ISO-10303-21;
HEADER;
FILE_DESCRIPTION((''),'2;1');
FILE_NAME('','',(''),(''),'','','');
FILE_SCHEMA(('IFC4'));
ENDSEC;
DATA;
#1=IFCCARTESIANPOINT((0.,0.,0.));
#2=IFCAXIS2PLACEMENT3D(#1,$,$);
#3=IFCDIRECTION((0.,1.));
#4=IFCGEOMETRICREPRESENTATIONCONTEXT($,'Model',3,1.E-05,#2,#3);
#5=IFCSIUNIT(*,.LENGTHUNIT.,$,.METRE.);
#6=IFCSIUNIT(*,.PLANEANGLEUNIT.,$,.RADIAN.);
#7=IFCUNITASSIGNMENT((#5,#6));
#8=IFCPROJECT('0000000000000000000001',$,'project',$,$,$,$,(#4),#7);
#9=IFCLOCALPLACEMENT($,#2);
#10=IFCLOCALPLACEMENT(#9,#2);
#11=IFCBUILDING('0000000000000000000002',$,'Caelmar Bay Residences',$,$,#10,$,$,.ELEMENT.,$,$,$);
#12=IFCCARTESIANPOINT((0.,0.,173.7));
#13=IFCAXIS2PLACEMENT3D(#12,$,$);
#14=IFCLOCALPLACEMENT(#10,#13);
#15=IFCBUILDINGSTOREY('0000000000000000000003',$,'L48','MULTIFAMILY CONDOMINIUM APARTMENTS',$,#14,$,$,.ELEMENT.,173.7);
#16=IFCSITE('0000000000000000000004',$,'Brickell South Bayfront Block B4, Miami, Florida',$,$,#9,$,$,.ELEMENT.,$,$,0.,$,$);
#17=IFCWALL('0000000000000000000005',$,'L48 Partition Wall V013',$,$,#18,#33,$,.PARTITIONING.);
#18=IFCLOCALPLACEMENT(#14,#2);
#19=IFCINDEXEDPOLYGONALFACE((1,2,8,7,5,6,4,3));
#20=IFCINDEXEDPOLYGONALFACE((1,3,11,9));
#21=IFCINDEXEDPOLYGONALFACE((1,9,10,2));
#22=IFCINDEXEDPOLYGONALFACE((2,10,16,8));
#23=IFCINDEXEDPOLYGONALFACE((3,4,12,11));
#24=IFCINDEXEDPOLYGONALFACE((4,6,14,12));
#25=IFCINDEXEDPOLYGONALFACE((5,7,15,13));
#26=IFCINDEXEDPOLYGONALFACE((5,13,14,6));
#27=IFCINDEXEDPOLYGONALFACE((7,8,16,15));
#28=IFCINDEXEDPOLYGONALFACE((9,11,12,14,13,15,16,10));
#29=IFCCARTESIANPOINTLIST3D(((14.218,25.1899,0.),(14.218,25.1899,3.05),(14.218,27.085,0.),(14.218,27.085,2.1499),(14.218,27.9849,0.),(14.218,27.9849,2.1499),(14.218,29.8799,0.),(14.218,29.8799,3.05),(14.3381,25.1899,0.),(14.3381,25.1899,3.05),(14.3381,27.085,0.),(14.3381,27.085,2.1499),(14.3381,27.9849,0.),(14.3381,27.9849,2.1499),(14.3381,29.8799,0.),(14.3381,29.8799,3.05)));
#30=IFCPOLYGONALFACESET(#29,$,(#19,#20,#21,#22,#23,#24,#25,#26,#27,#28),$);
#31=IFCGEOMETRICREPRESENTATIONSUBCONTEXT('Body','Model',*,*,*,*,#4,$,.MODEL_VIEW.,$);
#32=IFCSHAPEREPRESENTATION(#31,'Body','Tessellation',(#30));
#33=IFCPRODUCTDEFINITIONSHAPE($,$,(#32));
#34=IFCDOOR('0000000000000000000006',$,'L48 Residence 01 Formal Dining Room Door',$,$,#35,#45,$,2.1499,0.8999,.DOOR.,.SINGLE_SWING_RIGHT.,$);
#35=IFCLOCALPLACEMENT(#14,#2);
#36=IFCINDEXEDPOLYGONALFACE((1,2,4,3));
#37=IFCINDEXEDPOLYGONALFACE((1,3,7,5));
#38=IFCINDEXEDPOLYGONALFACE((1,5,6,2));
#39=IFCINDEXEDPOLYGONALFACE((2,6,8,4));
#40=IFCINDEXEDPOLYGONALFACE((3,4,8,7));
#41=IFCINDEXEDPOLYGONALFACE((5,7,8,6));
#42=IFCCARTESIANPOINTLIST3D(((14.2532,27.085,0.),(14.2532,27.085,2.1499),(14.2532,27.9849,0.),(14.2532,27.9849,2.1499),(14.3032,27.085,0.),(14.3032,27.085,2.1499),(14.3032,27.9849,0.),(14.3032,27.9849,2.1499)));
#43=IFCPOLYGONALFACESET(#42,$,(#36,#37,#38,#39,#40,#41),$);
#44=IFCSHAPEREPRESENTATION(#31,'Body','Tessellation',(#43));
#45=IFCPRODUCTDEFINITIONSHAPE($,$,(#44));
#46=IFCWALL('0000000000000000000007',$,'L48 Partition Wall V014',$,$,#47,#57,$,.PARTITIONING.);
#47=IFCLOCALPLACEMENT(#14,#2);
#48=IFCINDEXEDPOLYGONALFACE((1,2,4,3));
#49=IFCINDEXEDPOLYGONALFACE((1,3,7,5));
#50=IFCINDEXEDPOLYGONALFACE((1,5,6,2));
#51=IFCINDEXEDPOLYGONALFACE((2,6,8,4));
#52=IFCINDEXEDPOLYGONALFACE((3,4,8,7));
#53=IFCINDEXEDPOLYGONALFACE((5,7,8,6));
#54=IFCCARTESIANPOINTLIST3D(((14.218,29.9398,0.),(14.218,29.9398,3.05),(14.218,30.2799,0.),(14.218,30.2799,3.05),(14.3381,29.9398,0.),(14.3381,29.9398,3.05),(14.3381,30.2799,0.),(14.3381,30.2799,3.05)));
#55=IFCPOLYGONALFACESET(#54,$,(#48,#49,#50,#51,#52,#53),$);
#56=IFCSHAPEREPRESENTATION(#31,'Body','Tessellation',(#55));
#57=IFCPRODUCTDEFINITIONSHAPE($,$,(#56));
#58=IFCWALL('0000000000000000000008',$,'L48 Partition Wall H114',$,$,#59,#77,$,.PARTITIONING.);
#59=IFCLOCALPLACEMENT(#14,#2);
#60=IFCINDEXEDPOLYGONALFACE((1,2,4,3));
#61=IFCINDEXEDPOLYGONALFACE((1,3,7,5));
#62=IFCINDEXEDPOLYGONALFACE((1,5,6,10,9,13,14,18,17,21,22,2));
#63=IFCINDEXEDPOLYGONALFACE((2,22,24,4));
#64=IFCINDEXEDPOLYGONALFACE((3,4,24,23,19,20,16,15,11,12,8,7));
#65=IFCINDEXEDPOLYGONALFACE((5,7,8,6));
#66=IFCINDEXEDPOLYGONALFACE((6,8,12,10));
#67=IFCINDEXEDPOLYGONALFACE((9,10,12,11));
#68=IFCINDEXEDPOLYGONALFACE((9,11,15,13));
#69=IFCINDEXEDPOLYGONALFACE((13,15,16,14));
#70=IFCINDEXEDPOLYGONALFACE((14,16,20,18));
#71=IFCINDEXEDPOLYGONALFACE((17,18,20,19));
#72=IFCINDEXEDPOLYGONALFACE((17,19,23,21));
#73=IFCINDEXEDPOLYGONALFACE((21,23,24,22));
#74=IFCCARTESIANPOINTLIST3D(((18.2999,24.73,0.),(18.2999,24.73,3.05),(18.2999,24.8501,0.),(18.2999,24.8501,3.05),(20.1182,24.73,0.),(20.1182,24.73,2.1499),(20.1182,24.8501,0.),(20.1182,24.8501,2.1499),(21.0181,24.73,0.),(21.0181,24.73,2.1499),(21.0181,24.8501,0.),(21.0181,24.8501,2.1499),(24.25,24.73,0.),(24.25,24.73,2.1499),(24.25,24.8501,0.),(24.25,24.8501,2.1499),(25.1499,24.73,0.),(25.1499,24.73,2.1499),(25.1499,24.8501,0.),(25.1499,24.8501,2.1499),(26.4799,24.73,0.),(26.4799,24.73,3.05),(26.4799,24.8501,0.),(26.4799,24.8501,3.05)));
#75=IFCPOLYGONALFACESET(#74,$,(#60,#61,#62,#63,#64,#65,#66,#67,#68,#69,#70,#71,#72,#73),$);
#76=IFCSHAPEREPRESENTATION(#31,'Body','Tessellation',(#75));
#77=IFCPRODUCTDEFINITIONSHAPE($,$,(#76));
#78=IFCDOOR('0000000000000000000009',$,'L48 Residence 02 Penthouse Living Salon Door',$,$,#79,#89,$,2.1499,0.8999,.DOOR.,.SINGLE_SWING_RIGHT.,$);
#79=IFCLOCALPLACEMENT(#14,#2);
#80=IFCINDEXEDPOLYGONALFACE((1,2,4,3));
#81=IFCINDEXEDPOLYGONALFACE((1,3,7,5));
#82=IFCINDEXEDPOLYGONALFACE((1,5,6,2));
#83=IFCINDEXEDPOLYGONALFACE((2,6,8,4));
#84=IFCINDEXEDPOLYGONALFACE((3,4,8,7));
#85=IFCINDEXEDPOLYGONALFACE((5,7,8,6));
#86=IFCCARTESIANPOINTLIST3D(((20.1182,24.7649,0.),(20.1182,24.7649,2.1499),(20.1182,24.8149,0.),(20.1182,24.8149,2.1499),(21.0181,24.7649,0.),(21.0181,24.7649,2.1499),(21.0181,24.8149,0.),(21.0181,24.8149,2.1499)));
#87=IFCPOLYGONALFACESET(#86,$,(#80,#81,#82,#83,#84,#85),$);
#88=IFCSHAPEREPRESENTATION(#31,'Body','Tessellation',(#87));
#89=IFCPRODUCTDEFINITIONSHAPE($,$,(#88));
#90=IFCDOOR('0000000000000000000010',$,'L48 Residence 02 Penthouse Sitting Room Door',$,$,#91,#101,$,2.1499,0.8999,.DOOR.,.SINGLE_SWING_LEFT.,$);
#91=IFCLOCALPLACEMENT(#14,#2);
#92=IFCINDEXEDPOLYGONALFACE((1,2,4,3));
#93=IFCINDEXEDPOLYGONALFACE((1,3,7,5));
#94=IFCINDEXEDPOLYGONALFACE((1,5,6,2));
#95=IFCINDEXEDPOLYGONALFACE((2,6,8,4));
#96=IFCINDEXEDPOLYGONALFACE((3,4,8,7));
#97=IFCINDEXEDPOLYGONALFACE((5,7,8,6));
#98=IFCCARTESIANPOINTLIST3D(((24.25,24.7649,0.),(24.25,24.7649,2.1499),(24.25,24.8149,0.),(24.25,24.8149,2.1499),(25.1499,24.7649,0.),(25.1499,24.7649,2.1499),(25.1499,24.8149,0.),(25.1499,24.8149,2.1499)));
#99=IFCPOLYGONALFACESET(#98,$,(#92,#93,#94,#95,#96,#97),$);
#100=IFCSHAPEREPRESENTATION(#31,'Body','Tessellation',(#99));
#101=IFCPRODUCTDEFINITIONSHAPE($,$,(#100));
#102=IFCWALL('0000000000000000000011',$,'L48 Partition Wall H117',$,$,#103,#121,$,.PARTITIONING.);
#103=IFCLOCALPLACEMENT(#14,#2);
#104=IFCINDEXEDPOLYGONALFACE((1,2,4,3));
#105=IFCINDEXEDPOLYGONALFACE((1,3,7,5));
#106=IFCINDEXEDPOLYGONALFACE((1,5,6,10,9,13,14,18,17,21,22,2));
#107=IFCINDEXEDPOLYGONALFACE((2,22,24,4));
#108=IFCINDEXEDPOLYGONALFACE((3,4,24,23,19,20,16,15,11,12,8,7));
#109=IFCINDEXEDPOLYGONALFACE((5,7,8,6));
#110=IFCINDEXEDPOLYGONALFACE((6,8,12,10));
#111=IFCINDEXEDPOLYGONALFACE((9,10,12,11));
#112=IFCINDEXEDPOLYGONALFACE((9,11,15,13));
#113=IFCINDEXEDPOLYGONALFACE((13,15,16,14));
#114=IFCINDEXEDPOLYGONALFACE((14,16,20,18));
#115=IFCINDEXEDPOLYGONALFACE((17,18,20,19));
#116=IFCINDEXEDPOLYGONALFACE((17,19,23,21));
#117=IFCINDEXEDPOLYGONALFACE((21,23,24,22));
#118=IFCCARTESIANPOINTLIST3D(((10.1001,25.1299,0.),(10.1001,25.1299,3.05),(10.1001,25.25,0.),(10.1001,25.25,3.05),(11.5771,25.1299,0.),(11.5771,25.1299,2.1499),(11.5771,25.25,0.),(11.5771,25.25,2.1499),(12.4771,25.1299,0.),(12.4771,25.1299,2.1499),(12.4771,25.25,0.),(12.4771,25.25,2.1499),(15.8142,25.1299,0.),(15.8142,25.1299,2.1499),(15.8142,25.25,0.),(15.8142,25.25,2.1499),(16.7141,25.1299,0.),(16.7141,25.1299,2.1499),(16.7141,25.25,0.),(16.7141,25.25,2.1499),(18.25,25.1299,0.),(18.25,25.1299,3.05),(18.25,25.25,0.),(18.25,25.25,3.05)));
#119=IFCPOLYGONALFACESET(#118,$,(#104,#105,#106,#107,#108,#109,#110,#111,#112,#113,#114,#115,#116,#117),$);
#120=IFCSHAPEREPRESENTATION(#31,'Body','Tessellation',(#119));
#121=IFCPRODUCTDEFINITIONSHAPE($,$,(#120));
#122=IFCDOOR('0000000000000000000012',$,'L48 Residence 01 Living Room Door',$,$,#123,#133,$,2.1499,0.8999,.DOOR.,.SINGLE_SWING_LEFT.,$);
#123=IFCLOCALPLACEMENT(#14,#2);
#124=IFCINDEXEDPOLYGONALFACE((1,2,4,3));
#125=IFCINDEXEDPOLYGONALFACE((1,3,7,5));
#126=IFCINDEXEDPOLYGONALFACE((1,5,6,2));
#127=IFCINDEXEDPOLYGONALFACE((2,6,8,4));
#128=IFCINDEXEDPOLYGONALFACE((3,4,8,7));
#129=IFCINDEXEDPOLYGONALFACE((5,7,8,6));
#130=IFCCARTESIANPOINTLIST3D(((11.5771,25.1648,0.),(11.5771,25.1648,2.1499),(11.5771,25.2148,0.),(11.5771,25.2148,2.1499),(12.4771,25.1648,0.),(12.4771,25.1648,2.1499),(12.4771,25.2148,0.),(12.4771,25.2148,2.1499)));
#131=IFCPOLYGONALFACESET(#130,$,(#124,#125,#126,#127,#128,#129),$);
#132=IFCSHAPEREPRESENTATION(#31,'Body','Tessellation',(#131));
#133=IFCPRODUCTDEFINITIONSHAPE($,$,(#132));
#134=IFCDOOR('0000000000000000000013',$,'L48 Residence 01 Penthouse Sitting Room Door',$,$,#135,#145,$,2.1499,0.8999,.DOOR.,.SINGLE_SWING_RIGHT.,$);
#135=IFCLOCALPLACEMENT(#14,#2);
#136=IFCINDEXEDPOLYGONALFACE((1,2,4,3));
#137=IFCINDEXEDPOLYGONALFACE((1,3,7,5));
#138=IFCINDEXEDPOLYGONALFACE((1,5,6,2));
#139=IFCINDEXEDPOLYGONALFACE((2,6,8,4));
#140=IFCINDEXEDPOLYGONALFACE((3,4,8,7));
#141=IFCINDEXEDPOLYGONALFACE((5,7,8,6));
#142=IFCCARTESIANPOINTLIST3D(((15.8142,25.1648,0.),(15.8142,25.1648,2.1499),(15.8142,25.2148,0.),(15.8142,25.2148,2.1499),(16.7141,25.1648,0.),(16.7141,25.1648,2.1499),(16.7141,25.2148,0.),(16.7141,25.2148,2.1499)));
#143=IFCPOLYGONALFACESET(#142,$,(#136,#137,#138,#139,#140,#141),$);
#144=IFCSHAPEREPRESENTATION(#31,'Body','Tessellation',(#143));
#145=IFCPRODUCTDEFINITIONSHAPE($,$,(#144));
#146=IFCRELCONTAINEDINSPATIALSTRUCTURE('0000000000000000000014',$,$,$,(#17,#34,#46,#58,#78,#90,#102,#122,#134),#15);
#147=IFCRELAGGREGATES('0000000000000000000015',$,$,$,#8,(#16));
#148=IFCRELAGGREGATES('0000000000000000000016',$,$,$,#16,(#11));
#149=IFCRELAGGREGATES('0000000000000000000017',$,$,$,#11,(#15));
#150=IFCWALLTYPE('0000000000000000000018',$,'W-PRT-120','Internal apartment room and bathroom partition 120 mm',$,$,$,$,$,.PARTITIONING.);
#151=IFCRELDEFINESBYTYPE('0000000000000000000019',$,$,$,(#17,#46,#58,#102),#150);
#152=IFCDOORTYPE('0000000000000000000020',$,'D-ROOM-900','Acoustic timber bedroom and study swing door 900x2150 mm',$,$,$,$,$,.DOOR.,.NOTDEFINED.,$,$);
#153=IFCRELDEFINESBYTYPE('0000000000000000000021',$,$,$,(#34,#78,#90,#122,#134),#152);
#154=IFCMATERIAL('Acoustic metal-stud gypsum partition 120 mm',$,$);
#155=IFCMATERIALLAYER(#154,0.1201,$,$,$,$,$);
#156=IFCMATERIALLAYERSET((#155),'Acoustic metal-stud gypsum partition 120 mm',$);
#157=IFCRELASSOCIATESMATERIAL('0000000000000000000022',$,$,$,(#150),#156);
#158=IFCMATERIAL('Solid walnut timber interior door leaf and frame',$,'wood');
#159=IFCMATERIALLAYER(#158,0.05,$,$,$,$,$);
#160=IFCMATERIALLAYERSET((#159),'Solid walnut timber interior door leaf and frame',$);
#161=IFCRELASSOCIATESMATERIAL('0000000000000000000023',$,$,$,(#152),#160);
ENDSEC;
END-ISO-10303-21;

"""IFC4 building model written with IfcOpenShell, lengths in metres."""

from ifc_helpers import new_model, si_unit, direction, frame, frame_2d, origin, place, context, subcontext, project, spatial, rectangle, extrude, material, layer, layer_set, type_object, element, fill, save


model = new_model("IFC4")

# Units and contexts
model_context = context("Model", 3, precision=1e-05, world=origin(), true_north=direction((0.0, 1.0)))
body_context = subcontext(model_context, "Body", "Model", "MODEL_VIEW")
ifc_project = project(units=[si_unit("LENGTHUNIT", "METRE"), si_unit("PLANEANGLEUNIT", "RADIAN")], contexts=[model_context])

# Site, building, storey
site_placement = place(None, origin())
site = spatial("IfcSite", under=ifc_project, at=site_placement, Name="Brickell South Bayfront Block B4, Miami, Florida", CompositionType="ELEMENT", RefElevation=0.0)
building_placement = place(site_placement, origin())
building = spatial("IfcBuilding", under=site, at=building_placement, Name="Caelmar Bay Residences", CompositionType="ELEMENT")
storey_placement = place(building_placement, frame((0.0, 0.0, 173.7)))
storey = spatial("IfcBuildingStorey", under=building, at=storey_placement, Name="L48", Description="MULTIFAMILY CONDOMINIUM APARTMENTS", CompositionType="ELEMENT", Elevation=173.7)

# Shared definitions
ifc_material_1 = material(Name="Acoustic metal-stud gypsum partition 120 mm")
ifc_layer_1 = layer(ifc_material_1, 0.1201)
ifc_layer_set_1 = layer_set([ifc_layer_1], Name="Acoustic metal-stud gypsum partition 120 mm")
wall_type_1 = type_object("IfcWallType", Name="W-PRT-120", Description="Internal apartment room and bathroom partition 120 mm", PredefinedType="PARTITIONING", material=ifc_layer_set_1)
ifc_material_2 = material(Name="Solid walnut timber interior door leaf and frame", Category="wood")
ifc_layer_2 = layer(ifc_material_2, 0.05)
ifc_layer_set_2 = layer_set([ifc_layer_2], Name="Solid walnut timber interior door leaf and frame")
door_type = type_object("IfcDoorType", Name="D-ROOM-900", Description="Acoustic timber bedroom and study swing door 900x2150 mm", OperationType="NOTDEFINED", PredefinedType="DOOR", material=ifc_layer_set_2)

# Wall, opening, door
wall_1_placement = place(storey_placement, frame((14.2781, 25.1899, 0.0), z_axis=(0.0, 0.0, 1.0), x_axis=(0.0, 1.0, 0.0)))
wall_1 = element("IfcWall", 1, at=wall_1_placement, inside=storey, type_object=wall_type_1, Name="L48 Partition Wall V013", PredefinedType="PARTITIONING", context=body_context, shape_type="SweptSolid", body=[
    extrude(rectangle(XDim=4.6899, YDim=0.1201, at=frame_2d((2.345, 0.0))), origin(), (0.0, 0.0, 1.0), 3.05),
])
opening_1_placement = place(wall_1_placement, frame((1.895, 0.0, 0.0)))
opening_1 = element("IfcOpeningElement", 2, at=opening_1_placement, cuts=wall_1, PredefinedType="OPENING", context=body_context, shape_type="SweptSolid", body=[
    extrude(rectangle(XDim=0.8999, YDim=2.1499, at=frame_2d((0.45, 1.075))), frame((0.0, 0.0701, 0.0), z_axis=(0.0, -1.0, 0.0), x_axis=(1.0, 0.0, 0.0)), (0.0, 0.0, 1.0), 0.1401),
])
door_1_placement = place(opening_1_placement, origin())
door_1 = element("IfcDoor", 3, at=door_1_placement, inside=storey, type_object=door_type, Name="L48 Residence 01 Formal Dining Room Door", OperationType="SINGLE_SWING_RIGHT", OverallHeight=2.1499, OverallWidth=0.8999, PredefinedType="DOOR", context=body_context, shape_type="SweptSolid", body=[
    extrude(rectangle(XDim=0.8999, YDim=2.1499, at=frame_2d((0.45, 1.075))), frame((0.0, 0.0249, 0.0), z_axis=(0.0, -1.0, 0.0), x_axis=(1.0, 0.0, 0.0)), (0.0, 0.0, 1.0), 0.05),
])
fill(opening_1, door_1)

# Wall
wall_2_placement = place(storey_placement, frame((14.2781, 29.9399, 0.0), z_axis=(0.0, 0.0, 1.0), x_axis=(0.0, 1.0, 0.0)))
element("IfcWall", 4, at=wall_2_placement, inside=storey, type_object=wall_type_1, Name="L48 Partition Wall V014", PredefinedType="PARTITIONING", context=body_context, shape_type="SweptSolid", body=[
    extrude(rectangle(XDim=0.3401, YDim=0.1201, at=frame_2d((0.1699, 0.0))), origin(), (0.0, 0.0, 1.0), 3.05),
])

# Walls, openings, doors
wall_3_placement = place(storey_placement, frame((18.3, 24.79, 0.0), z_axis=(0.0, 0.0, 1.0), x_axis=(1.0, 0.0, 0.0)))
wall_3 = element("IfcWall", 5, at=wall_3_placement, inside=storey, type_object=wall_type_1, Name="L48 Partition Wall H114", PredefinedType="PARTITIONING", context=body_context, shape_type="SweptSolid", body=[
    extrude(rectangle(XDim=8.1799, YDim=0.1201, at=frame_2d((4.0898, 0.0))), origin(), (0.0, 0.0, 1.0), 3.05),
])
opening_2_placement = place(wall_3_placement, frame((1.8181, 0.0, 0.0)))
opening_2 = element("IfcOpeningElement", 6, at=opening_2_placement, cuts=wall_3, PredefinedType="OPENING", context=body_context, shape_type="SweptSolid", body=[
    extrude(rectangle(XDim=0.8999, YDim=2.1499, at=frame_2d((0.45, 1.075))), frame((0.0, 0.0701, 0.0), z_axis=(0.0, -1.0, 0.0), x_axis=(1.0, 0.0, 0.0)), (0.0, 0.0, 1.0), 0.1401),
])
opening_3_placement = place(wall_3_placement, frame((5.95, 0.0, 0.0)))
opening_3 = element("IfcOpeningElement", 7, at=opening_3_placement, cuts=wall_3, PredefinedType="OPENING", context=body_context, shape_type="SweptSolid", body=[
    extrude(rectangle(XDim=0.8999, YDim=2.1499, at=frame_2d((0.45, 1.075))), frame((0.0, 0.0701, 0.0), z_axis=(0.0, -1.0, 0.0), x_axis=(1.0, 0.0, 0.0)), (0.0, 0.0, 1.0), 0.1401),
])
door_2_placement = place(opening_2_placement, origin())
door_2 = element("IfcDoor", 8, at=door_2_placement, inside=storey, type_object=door_type, Name="L48 Residence 02 Penthouse Living Salon Door", OperationType="SINGLE_SWING_RIGHT", OverallHeight=2.1499, OverallWidth=0.8999, PredefinedType="DOOR", context=body_context, shape_type="SweptSolid", body=[
    extrude(rectangle(XDim=0.8999, YDim=2.1499, at=frame_2d((0.45, 1.075))), frame((0.0, 0.0249, 0.0), z_axis=(0.0, -1.0, 0.0), x_axis=(1.0, 0.0, 0.0)), (0.0, 0.0, 1.0), 0.05),
])
fill(opening_2, door_2)
door_3_placement = place(opening_3_placement, origin())
door_3 = element("IfcDoor", 9, at=door_3_placement, inside=storey, type_object=door_type, Name="L48 Residence 02 Penthouse Sitting Room Door", OperationType="SINGLE_SWING_LEFT", OverallHeight=2.1499, OverallWidth=0.8999, PredefinedType="DOOR", context=body_context, shape_type="SweptSolid", body=[
    extrude(rectangle(XDim=0.8999, YDim=2.1499, at=frame_2d((0.45, 1.075))), frame((0.0, 0.0249, 0.0), z_axis=(0.0, -1.0, 0.0), x_axis=(1.0, 0.0, 0.0)), (0.0, 0.0, 1.0), 0.05),
])
fill(opening_3, door_3)
wall_4_placement = place(storey_placement, frame((10.1001, 25.1899, 0.0), z_axis=(0.0, 0.0, 1.0), x_axis=(1.0, 0.0, 0.0)))
wall_4 = element("IfcWall", 10, at=wall_4_placement, inside=storey, type_object=wall_type_1, Name="L48 Partition Wall H117", PredefinedType="PARTITIONING", context=body_context, shape_type="SweptSolid", body=[
    extrude(rectangle(XDim=8.1499, YDim=0.1201, at=frame_2d((4.075, 0.0))), origin(), (0.0, 0.0, 1.0), 3.05),
])
opening_4_placement = place(wall_4_placement, frame((1.4771, 0.0, 0.0)))
opening_4 = element("IfcOpeningElement", 11, at=opening_4_placement, cuts=wall_4, PredefinedType="OPENING", context=body_context, shape_type="SweptSolid", body=[
    extrude(rectangle(XDim=0.8999, YDim=2.1499, at=frame_2d((0.45, 1.075))), frame((0.0, 0.0701, 0.0), z_axis=(0.0, -1.0, 0.0), x_axis=(1.0, 0.0, 0.0)), (0.0, 0.0, 1.0), 0.1401),
])
opening_5_placement = place(wall_4_placement, frame((5.7141, 0.0, 0.0)))
opening_5 = element("IfcOpeningElement", 12, at=opening_5_placement, cuts=wall_4, PredefinedType="OPENING", context=body_context, shape_type="SweptSolid", body=[
    extrude(rectangle(XDim=0.8999, YDim=2.1499, at=frame_2d((0.45, 1.075))), frame((0.0, 0.0701, 0.0), z_axis=(0.0, -1.0, 0.0), x_axis=(1.0, 0.0, 0.0)), (0.0, 0.0, 1.0), 0.1401),
])
door_4_placement = place(opening_4_placement, origin())
door_4 = element("IfcDoor", 13, at=door_4_placement, inside=storey, type_object=door_type, Name="L48 Residence 01 Living Room Door", OperationType="SINGLE_SWING_LEFT", OverallHeight=2.1499, OverallWidth=0.8999, PredefinedType="DOOR", context=body_context, shape_type="SweptSolid", body=[
    extrude(rectangle(XDim=0.8999, YDim=2.1499, at=frame_2d((0.45, 1.075))), frame((0.0, 0.0249, 0.0), z_axis=(0.0, -1.0, 0.0), x_axis=(1.0, 0.0, 0.0)), (0.0, 0.0, 1.0), 0.05),
])
fill(opening_4, door_4)
door_5_placement = place(opening_5_placement, origin())
door_5 = element("IfcDoor", 14, at=door_5_placement, inside=storey, type_object=door_type, Name="L48 Residence 01 Penthouse Sitting Room Door", OperationType="SINGLE_SWING_RIGHT", OverallHeight=2.1499, OverallWidth=0.8999, PredefinedType="DOOR", context=body_context, shape_type="SweptSolid", body=[
    extrude(rectangle(XDim=0.8999, YDim=2.1499, at=frame_2d((0.45, 1.075))), frame((0.0, 0.0249, 0.0), z_axis=(0.0, -1.0, 0.0), x_axis=(1.0, 0.0, 0.0)), (0.0, 0.0, 1.0), 0.05),
])
fill(opening_5, door_5)

save(model, "model.ifc")
